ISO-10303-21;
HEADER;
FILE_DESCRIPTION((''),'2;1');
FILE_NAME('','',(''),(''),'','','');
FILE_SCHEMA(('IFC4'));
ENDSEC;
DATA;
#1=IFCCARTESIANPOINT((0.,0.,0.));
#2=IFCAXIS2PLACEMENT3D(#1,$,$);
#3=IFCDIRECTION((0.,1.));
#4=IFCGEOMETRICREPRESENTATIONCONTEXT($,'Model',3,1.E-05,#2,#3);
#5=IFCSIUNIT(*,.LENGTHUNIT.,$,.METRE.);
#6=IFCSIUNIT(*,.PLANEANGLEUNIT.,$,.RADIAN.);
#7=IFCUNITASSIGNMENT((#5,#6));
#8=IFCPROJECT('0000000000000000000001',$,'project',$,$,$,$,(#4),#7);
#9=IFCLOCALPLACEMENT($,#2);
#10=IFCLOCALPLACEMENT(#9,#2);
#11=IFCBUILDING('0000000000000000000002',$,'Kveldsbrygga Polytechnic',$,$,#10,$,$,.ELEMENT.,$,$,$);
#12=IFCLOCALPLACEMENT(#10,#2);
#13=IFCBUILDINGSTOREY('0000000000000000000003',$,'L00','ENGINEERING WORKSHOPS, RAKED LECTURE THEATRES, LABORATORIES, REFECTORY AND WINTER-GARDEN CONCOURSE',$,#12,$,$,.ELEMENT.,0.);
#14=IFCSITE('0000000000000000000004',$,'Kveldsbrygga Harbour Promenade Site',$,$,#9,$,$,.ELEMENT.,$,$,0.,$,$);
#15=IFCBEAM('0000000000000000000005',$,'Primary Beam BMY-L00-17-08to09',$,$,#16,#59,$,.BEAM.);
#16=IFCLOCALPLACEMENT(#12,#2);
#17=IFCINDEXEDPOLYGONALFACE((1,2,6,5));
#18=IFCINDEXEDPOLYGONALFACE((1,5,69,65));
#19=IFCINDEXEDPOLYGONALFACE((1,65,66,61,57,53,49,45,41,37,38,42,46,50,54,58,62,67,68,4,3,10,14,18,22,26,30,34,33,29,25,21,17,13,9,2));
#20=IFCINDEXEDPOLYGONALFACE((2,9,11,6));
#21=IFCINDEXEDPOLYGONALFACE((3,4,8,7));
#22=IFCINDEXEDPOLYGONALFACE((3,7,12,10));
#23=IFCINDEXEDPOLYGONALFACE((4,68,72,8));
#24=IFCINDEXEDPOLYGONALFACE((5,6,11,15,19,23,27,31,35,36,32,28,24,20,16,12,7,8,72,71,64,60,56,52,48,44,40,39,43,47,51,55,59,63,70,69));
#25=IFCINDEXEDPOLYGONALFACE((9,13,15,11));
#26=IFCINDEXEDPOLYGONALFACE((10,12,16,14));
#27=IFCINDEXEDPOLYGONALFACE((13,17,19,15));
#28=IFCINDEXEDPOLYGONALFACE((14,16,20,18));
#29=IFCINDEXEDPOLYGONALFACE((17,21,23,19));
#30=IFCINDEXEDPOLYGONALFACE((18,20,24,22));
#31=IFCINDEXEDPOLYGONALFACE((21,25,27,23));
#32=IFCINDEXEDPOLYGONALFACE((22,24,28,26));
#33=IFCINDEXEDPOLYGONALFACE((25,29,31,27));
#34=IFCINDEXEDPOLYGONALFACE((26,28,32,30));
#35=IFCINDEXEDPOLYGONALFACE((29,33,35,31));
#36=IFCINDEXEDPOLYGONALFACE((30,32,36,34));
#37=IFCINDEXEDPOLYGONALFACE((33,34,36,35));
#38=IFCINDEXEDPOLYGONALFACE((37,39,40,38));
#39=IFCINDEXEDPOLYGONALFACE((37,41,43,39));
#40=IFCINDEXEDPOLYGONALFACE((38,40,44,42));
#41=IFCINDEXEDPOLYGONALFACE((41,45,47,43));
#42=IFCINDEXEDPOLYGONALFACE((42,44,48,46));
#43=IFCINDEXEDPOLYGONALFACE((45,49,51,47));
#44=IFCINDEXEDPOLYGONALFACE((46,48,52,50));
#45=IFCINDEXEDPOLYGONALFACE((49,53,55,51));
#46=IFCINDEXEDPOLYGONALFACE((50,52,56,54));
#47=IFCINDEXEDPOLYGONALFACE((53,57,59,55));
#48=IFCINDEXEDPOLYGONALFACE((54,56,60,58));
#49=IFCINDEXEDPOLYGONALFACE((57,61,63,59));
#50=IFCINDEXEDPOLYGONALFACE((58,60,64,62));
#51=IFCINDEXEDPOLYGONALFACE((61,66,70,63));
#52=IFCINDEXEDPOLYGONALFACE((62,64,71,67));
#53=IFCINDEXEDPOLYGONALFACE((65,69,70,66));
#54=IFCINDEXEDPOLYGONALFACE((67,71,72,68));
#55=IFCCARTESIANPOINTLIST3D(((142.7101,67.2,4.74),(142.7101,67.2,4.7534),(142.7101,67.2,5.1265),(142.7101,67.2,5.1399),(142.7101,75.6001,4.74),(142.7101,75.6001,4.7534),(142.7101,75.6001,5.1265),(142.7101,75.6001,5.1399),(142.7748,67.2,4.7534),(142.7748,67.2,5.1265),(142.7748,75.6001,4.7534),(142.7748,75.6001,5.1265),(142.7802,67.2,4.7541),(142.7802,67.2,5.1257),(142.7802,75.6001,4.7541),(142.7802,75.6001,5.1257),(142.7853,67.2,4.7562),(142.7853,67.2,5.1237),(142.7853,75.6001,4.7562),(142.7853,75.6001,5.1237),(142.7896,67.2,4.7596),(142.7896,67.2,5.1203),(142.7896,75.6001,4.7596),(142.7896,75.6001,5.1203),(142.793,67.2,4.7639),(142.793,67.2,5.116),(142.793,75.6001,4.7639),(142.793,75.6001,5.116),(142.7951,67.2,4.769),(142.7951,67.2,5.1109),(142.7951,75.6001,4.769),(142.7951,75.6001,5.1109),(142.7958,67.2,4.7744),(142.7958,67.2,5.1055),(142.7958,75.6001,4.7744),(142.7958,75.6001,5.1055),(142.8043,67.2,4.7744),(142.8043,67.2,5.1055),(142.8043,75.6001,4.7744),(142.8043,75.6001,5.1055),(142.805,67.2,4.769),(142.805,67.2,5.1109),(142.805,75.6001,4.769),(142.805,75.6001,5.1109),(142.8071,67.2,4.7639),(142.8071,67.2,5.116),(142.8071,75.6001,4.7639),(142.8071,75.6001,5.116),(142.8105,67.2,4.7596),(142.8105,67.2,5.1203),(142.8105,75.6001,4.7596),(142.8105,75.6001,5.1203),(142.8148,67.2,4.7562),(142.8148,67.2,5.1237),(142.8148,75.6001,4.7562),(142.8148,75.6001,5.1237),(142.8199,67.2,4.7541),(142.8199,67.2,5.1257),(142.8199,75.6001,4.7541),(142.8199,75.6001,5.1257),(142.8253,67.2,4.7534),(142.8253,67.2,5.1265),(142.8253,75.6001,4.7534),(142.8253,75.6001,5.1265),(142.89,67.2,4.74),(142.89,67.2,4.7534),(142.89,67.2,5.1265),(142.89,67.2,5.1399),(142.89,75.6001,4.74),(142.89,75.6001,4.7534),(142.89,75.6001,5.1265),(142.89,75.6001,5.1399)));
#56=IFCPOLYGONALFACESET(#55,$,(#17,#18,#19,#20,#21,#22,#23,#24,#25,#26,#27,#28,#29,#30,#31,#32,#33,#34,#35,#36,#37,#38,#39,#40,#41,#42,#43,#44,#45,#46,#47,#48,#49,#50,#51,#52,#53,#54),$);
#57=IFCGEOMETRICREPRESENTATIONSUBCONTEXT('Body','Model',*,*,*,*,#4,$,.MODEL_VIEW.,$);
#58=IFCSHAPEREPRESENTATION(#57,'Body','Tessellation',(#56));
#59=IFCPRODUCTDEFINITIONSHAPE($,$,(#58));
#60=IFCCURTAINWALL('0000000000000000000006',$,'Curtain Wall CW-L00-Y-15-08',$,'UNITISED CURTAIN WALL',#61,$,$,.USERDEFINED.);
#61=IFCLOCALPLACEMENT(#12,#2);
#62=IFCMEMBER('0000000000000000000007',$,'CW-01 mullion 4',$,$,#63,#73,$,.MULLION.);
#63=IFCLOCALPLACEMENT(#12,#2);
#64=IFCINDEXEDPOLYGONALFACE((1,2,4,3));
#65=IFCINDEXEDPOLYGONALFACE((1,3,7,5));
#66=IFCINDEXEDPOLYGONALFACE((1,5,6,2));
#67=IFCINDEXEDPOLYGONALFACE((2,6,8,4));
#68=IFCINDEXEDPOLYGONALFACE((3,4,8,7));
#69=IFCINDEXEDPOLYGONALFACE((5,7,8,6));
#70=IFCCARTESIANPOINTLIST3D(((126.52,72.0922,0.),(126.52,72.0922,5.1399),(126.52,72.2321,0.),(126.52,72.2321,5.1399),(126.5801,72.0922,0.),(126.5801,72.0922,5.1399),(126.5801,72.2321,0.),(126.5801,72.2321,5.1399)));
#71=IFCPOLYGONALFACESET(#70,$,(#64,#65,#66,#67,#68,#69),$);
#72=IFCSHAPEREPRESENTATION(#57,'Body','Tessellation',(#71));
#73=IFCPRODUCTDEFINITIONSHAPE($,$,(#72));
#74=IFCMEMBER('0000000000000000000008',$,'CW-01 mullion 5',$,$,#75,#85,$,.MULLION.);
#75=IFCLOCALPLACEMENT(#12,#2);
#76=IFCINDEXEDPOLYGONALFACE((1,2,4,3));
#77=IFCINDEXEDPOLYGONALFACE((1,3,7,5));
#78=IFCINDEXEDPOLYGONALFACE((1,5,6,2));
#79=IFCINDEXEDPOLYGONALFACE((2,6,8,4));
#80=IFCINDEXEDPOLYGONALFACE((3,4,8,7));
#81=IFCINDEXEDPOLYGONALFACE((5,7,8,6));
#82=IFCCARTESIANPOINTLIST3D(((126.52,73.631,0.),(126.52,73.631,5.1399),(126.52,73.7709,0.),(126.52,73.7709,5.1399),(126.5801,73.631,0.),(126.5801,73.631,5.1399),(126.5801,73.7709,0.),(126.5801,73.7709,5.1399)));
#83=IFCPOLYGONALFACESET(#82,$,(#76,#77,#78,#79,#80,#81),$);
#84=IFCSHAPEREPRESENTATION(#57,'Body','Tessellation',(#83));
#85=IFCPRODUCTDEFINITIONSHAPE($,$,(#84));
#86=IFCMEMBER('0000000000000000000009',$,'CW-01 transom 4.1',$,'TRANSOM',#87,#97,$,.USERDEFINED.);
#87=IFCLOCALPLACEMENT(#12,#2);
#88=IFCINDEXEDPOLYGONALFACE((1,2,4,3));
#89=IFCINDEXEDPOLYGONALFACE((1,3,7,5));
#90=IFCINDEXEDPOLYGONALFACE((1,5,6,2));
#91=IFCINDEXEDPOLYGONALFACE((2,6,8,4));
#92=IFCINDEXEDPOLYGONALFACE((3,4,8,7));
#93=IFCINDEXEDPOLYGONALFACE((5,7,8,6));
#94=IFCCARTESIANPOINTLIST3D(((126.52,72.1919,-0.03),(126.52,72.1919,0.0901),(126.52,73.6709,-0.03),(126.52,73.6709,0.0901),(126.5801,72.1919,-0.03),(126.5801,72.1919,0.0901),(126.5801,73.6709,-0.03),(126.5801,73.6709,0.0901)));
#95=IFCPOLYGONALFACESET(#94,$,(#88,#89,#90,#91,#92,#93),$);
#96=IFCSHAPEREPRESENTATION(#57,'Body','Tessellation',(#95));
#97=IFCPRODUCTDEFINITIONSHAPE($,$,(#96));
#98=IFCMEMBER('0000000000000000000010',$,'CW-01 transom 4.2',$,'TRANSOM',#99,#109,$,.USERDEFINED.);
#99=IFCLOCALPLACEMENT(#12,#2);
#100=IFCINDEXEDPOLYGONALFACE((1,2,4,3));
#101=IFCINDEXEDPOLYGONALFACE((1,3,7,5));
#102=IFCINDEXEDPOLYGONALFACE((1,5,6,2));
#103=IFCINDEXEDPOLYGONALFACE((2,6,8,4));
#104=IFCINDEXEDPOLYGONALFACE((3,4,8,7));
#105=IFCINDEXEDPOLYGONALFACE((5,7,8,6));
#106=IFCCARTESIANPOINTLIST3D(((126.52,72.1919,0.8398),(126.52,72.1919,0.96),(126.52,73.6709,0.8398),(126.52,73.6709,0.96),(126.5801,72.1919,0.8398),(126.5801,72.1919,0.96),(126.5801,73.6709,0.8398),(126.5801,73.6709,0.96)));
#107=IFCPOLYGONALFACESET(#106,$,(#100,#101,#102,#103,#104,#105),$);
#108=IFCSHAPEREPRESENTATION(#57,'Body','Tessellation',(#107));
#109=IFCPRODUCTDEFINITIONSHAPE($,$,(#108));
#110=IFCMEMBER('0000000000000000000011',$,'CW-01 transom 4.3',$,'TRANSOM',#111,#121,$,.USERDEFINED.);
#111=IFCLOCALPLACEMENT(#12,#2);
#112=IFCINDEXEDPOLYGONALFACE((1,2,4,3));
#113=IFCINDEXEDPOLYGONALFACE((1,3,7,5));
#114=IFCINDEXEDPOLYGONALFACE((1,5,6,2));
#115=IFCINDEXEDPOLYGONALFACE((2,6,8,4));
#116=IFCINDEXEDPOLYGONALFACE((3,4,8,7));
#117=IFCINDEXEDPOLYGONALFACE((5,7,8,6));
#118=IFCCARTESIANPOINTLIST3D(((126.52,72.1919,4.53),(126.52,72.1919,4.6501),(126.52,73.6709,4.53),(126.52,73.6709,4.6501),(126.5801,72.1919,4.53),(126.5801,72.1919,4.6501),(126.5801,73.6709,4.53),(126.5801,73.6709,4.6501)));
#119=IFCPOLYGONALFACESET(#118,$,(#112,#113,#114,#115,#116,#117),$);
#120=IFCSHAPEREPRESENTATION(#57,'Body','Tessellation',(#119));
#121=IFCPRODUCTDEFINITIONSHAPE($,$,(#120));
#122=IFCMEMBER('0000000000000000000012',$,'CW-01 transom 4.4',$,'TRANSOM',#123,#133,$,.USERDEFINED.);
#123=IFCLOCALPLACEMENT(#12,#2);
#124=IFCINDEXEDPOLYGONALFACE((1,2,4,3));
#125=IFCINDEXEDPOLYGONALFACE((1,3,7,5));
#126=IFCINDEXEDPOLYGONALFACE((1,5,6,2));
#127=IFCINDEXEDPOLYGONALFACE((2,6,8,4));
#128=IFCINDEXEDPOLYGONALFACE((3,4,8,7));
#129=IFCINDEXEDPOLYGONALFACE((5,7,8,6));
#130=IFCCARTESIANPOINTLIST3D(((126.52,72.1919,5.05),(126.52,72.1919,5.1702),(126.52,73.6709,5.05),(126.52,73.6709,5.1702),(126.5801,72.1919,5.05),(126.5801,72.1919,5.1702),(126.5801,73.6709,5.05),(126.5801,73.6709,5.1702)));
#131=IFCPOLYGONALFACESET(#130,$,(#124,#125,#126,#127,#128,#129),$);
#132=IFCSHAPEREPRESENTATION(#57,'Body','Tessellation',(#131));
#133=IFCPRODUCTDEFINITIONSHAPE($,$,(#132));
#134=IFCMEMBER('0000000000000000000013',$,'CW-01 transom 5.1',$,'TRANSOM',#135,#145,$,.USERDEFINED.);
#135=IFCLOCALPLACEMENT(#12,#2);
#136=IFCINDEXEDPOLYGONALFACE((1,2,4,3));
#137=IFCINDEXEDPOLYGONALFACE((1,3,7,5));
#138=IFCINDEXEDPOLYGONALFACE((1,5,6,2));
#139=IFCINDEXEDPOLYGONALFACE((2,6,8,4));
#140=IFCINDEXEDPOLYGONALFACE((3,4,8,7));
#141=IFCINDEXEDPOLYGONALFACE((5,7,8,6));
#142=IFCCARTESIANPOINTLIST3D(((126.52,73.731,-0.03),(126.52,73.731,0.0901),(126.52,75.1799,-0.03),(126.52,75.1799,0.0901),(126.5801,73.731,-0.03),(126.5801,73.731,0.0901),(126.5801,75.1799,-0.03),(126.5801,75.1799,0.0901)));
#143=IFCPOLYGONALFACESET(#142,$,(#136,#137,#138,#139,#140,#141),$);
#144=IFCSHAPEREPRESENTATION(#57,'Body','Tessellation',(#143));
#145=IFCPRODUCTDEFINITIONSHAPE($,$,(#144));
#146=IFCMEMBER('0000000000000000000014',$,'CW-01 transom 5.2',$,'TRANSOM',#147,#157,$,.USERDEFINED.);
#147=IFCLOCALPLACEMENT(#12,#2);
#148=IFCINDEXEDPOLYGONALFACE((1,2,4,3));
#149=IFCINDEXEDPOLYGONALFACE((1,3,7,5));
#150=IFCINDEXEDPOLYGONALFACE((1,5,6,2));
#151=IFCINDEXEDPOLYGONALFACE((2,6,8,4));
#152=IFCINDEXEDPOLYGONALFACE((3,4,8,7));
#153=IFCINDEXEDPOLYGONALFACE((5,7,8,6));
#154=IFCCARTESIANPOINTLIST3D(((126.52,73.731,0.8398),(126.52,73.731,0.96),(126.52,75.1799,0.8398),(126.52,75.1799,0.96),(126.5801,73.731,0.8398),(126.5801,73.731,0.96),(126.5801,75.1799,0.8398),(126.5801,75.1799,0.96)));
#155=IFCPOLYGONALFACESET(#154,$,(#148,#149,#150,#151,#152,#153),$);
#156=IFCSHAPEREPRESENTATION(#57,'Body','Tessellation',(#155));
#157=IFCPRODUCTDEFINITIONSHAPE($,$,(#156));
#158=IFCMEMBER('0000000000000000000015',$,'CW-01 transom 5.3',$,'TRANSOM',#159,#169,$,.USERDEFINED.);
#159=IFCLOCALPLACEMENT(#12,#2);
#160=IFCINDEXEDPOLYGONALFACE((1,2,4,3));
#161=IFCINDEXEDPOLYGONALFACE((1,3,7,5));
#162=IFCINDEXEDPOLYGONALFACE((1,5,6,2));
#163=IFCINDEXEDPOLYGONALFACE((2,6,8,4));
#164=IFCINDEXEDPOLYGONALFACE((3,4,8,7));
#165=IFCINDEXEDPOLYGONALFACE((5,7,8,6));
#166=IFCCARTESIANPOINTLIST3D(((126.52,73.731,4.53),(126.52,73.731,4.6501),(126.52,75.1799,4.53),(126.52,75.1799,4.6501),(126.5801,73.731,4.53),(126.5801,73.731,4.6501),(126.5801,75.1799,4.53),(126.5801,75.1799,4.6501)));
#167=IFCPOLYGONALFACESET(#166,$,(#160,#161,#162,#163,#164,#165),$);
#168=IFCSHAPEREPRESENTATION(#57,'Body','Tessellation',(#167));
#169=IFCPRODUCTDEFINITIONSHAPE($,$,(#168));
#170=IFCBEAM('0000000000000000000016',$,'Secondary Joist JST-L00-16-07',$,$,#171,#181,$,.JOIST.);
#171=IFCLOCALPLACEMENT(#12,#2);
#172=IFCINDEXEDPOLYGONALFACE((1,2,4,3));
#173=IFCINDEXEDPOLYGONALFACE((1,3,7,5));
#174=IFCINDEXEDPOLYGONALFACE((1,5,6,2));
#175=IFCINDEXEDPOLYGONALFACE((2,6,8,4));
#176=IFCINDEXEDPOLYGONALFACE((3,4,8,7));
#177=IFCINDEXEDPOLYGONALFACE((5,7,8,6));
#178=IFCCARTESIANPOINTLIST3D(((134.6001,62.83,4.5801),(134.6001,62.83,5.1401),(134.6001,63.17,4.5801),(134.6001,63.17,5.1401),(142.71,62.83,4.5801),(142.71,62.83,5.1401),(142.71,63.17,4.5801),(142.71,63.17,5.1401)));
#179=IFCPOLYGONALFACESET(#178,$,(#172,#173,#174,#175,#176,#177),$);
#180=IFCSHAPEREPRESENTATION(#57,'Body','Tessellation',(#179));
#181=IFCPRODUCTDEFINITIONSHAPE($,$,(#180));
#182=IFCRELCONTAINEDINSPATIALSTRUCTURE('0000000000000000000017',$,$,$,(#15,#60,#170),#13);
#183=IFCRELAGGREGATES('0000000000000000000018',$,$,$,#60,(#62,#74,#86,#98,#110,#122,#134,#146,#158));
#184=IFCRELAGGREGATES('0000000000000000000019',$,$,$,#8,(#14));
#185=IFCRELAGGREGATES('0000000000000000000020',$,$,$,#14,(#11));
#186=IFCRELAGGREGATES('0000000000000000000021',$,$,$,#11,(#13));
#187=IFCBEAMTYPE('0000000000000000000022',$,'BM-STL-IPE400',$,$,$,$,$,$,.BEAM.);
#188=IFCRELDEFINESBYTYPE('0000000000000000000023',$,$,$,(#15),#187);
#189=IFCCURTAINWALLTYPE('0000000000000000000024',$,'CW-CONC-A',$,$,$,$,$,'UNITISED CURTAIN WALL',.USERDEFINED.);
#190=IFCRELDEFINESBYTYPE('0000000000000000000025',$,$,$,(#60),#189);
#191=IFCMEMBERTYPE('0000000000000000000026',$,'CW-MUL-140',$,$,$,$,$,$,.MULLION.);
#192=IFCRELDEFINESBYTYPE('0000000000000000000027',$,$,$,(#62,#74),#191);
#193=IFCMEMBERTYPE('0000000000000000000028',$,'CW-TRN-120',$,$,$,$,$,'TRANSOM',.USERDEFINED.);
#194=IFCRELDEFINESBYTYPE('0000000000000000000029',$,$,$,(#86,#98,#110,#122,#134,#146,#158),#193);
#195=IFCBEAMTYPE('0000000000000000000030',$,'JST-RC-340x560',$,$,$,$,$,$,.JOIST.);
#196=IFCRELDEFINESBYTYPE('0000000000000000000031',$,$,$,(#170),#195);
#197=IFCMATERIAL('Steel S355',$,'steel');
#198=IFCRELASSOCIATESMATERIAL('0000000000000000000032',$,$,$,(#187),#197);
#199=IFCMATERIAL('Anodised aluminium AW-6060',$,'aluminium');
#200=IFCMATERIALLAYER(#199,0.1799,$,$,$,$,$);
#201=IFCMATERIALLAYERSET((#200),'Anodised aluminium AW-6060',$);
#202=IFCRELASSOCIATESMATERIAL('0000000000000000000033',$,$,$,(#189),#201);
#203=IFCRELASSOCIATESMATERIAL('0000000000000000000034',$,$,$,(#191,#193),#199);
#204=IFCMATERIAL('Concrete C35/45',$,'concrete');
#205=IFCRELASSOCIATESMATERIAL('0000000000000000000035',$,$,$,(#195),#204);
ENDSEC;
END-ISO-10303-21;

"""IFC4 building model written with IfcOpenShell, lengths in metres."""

from ifc_helpers import new_model, si_unit, direction, frame, origin, origin_2d, place, context, subcontext, project, spatial, rectangle, i_section, extrude, material, layer, layer_set, material_profile, profile_set, type_object, element, aggregate, save


model = new_model("IFC4")

# Units and contexts
model_context = context("Model", 3, precision=1e-05, world=origin(), true_north=direction((0.0, 1.0)))
body_context = subcontext(model_context, "Body", "Model", "MODEL_VIEW")
ifc_project = project(units=[si_unit("LENGTHUNIT", "METRE"), si_unit("PLANEANGLEUNIT", "RADIAN")], contexts=[model_context])

# Site, building, storey
site_placement = place(None, origin())
site = spatial("IfcSite", under=ifc_project, at=site_placement, Name="Kveldsbrygga Harbour Promenade Site", CompositionType="ELEMENT", RefElevation=0.0)
building_placement = place(site_placement, origin())
building = spatial("IfcBuilding", under=site, at=building_placement, Name="Kveldsbrygga Polytechnic", CompositionType="ELEMENT")
storey_placement = place(building_placement, origin())
storey = spatial("IfcBuildingStorey", under=building, at=storey_placement, Name="L00", Description="ENGINEERING WORKSHOPS, RAKED LECTURE THEATRES, LABORATORIES, REFECTORY AND WINTER-GARDEN CONCOURSE", CompositionType="ELEMENT", Elevation=0.0)

# Beam
ifc_material_1 = material(Name="Concrete C35/45", Category="concrete")
ifc_material_2 = material(Name="Steel S355", Category="steel")
ifc_material_profile_1 = material_profile(ifc_material_2, i_section(OverallWidth=0.1799, OverallDepth=0.3999, WebThickness=0.0085, FlangeThickness=0.0134, FilletRadius=0.021, at=origin_2d()), Name="IPE 400")
ifc_profile_set_1 = profile_set([ifc_material_profile_1], Name="Steel S355")
beam_type_1 = type_object("IfcBeamType", Name="BM-STL-IPE400", PredefinedType="BEAM", material=ifc_profile_set_1)
beam_1_placement = place(storey_placement, frame((142.8, 67.2, 4.9399), z_axis=(0.0, 1.0, 0.0), x_axis=(-1.0, 0.0, 0.0)))
element("IfcBeam", 1, at=beam_1_placement, inside=storey, type_object=beam_type_1, Name="Primary Beam BMY-L00-17-08to09", PredefinedType="BEAM", context=body_context, shape_type="SweptSolid", body=[
    extrude(i_section(OverallWidth=0.1799, OverallDepth=0.3999, WebThickness=0.0085, FlangeThickness=0.0134, FilletRadius=0.021, at=origin_2d()), origin(), (0.0, 0.0, 1.0), 8.4001),
])

# Curtain wall, members
ifc_material_3 = material(Name="Anodised aluminium AW-6060", Category="aluminium")
ifc_layer_1 = layer(ifc_material_3, 0.1799)
ifc_layer_set_1 = layer_set([ifc_layer_1], Name="Anodised aluminium AW-6060")
curtain_wall_type = type_object("IfcCurtainWallType", Name="CW-CONC-A", ElementType="UNITISED CURTAIN WALL", PredefinedType="USERDEFINED", material=ifc_layer_set_1)
curtain_wall_placement = place(storey_placement, origin())
curtain_wall = element("IfcCurtainWall", 2, at=curtain_wall_placement, inside=storey, type_object=curtain_wall_type, Name="Curtain Wall CW-L00-Y-15-08", ObjectType="UNITISED CURTAIN WALL", PredefinedType="USERDEFINED")
ifc_material_profile_2 = material_profile(ifc_material_3, rectangle(XDim=0.0601, YDim=0.1399, at=origin_2d()), Name="ALU 60x140")
ifc_profile_set_2 = profile_set([ifc_material_profile_2], Name="Anodised aluminium AW-6060")
member_type_1 = type_object("IfcMemberType", Name="CW-MUL-140", PredefinedType="MULLION", material=ifc_profile_set_2)
member_1_placement = place(storey_placement, frame((126.55, 72.1621, 0.0), z_axis=(0.0, 0.0, 1.0), x_axis=(-1.0, 0.0, 0.0)))
member_1 = element("IfcMember", 3, at=member_1_placement, type_object=member_type_1, Name="CW-01 mullion 4", PredefinedType="MULLION", context=body_context, shape_type="SweptSolid", body=[
    extrude(rectangle(XDim=0.0601, YDim=0.1399, at=origin_2d()), origin(), (0.0, 0.0, 1.0), 5.1399),
])
member_2_placement = place(storey_placement, frame((126.55, 73.7009, 0.0), z_axis=(0.0, 0.0, 1.0), x_axis=(-1.0, 0.0, 0.0)))
member_2 = element("IfcMember", 4, at=member_2_placement, type_object=member_type_1, Name="CW-01 mullion 5", PredefinedType="MULLION", context=body_context, shape_type="SweptSolid", body=[
    extrude(rectangle(XDim=0.0601, YDim=0.1399, at=origin_2d()), origin(), (0.0, 0.0, 1.0), 5.1399),
])
ifc_material_profile_3 = material_profile(ifc_material_3, rectangle(XDim=0.0601, YDim=0.1201, at=origin_2d()), Name="ALU 60x120")
ifc_profile_set_3 = profile_set([ifc_material_profile_3], Name="Anodised aluminium AW-6060")
member_type_2 = type_object("IfcMemberType", Name="CW-TRN-120", ElementType="TRANSOM", PredefinedType="USERDEFINED", material=ifc_profile_set_3)
member_3_placement = place(storey_placement, frame((126.55, 72.1919, 0.03), z_axis=(0.0, 1.0, 0.0), x_axis=(-1.0, 0.0, 0.0)))
member_3 = element("IfcMember", 5, at=member_3_placement, type_object=member_type_2, Name="CW-01 transom 4.1", ObjectType="TRANSOM", PredefinedType="USERDEFINED", context=body_context, shape_type="SweptSolid", body=[
    extrude(rectangle(XDim=0.0601, YDim=0.1201, at=origin_2d()), origin(), (0.0, 0.0, 1.0), 1.479),
])
member_4_placement = place(storey_placement, frame((126.55, 72.1919, 0.8999), z_axis=(0.0, 1.0, 0.0), x_axis=(-1.0, 0.0, 0.0)))
member_4 = element("IfcMember", 6, at=member_4_placement, type_object=member_type_2, Name="CW-01 transom 4.2", ObjectType="TRANSOM", PredefinedType="USERDEFINED", context=body_context, shape_type="SweptSolid", body=[
    extrude(rectangle(XDim=0.0601, YDim=0.1201, at=origin_2d()), origin(), (0.0, 0.0, 1.0), 1.479),
])
member_5_placement = place(storey_placement, frame((126.55, 72.1919, 4.5901), z_axis=(0.0, 1.0, 0.0), x_axis=(-1.0, 0.0, 0.0)))
member_5 = element("IfcMember", 7, at=member_5_placement, type_object=member_type_2, Name="CW-01 transom 4.3", ObjectType="TRANSOM", PredefinedType="USERDEFINED", context=body_context, shape_type="SweptSolid", body=[
    extrude(rectangle(XDim=0.0601, YDim=0.1201, at=origin_2d()), origin(), (0.0, 0.0, 1.0), 1.479),
])
member_6_placement = place(storey_placement, frame((126.55, 72.1919, 5.1101), z_axis=(0.0, 1.0, 0.0), x_axis=(-1.0, 0.0, 0.0)))
member_6 = element("IfcMember", 8, at=member_6_placement, type_object=member_type_2, Name="CW-01 transom 4.4", ObjectType="TRANSOM", PredefinedType="USERDEFINED", context=body_context, shape_type="SweptSolid", body=[
    extrude(rectangle(XDim=0.0601, YDim=0.1201, at=origin_2d()), origin(), (0.0, 0.0, 1.0), 1.479),
])
member_7_placement = place(storey_placement, frame((126.55, 73.731, 0.03), z_axis=(0.0, 1.0, 0.0), x_axis=(-1.0, 0.0, 0.0)))
member_7 = element("IfcMember", 9, at=member_7_placement, type_object=member_type_2, Name="CW-01 transom 5.1", ObjectType="TRANSOM", PredefinedType="USERDEFINED", context=body_context, shape_type="SweptSolid", body=[
    extrude(rectangle(XDim=0.0601, YDim=0.1201, at=origin_2d()), origin(), (0.0, 0.0, 1.0), 1.449),
])
member_8_placement = place(storey_placement, frame((126.55, 73.731, 0.8999), z_axis=(0.0, 1.0, 0.0), x_axis=(-1.0, 0.0, 0.0)))
member_8 = element("IfcMember", 10, at=member_8_placement, type_object=member_type_2, Name="CW-01 transom 5.2", ObjectType="TRANSOM", PredefinedType="USERDEFINED", context=body_context, shape_type="SweptSolid", body=[
    extrude(rectangle(XDim=0.0601, YDim=0.1201, at=origin_2d()), origin(), (0.0, 0.0, 1.0), 1.449),
])
member_9_placement = place(storey_placement, frame((126.55, 73.731, 4.5901), z_axis=(0.0, 1.0, 0.0), x_axis=(-1.0, 0.0, 0.0)))
member_9 = element("IfcMember", 11, at=member_9_placement, type_object=member_type_2, Name="CW-01 transom 5.3", ObjectType="TRANSOM", PredefinedType="USERDEFINED", context=body_context, shape_type="SweptSolid", body=[
    extrude(rectangle(XDim=0.0601, YDim=0.1201, at=origin_2d()), origin(), (0.0, 0.0, 1.0), 1.449),
])

# Beam
ifc_material_profile_4 = material_profile(ifc_material_1, rectangle(XDim=0.3401, YDim=0.5601, at=origin_2d()), Name="RC 340x560")
ifc_profile_set_4 = profile_set([ifc_material_profile_4], Name="Concrete C35/45")
beam_type_2 = type_object("IfcBeamType", Name="JST-RC-340x560", PredefinedType="JOIST", material=ifc_profile_set_4)
beam_2_placement = place(storey_placement, frame((134.6001, 63.0, 4.8601), z_axis=(1.0, 0.0, 0.0), x_axis=(0.0, 1.0, 0.0)))
element("IfcBeam", 12, at=beam_2_placement, inside=storey, type_object=beam_type_2, Name="Secondary Joist JST-L00-16-07", PredefinedType="JOIST", context=body_context, shape_type="SweptSolid", body=[
    extrude(rectangle(XDim=0.3401, YDim=0.5601, at=origin_2d()), origin(), (0.0, 0.0, 1.0), 8.1099),
])

aggregate(curtain_wall, [member_1, member_2, member_3, member_4, member_5, member_6, member_7, member_8, member_9])

save(model, "model.ifc")
